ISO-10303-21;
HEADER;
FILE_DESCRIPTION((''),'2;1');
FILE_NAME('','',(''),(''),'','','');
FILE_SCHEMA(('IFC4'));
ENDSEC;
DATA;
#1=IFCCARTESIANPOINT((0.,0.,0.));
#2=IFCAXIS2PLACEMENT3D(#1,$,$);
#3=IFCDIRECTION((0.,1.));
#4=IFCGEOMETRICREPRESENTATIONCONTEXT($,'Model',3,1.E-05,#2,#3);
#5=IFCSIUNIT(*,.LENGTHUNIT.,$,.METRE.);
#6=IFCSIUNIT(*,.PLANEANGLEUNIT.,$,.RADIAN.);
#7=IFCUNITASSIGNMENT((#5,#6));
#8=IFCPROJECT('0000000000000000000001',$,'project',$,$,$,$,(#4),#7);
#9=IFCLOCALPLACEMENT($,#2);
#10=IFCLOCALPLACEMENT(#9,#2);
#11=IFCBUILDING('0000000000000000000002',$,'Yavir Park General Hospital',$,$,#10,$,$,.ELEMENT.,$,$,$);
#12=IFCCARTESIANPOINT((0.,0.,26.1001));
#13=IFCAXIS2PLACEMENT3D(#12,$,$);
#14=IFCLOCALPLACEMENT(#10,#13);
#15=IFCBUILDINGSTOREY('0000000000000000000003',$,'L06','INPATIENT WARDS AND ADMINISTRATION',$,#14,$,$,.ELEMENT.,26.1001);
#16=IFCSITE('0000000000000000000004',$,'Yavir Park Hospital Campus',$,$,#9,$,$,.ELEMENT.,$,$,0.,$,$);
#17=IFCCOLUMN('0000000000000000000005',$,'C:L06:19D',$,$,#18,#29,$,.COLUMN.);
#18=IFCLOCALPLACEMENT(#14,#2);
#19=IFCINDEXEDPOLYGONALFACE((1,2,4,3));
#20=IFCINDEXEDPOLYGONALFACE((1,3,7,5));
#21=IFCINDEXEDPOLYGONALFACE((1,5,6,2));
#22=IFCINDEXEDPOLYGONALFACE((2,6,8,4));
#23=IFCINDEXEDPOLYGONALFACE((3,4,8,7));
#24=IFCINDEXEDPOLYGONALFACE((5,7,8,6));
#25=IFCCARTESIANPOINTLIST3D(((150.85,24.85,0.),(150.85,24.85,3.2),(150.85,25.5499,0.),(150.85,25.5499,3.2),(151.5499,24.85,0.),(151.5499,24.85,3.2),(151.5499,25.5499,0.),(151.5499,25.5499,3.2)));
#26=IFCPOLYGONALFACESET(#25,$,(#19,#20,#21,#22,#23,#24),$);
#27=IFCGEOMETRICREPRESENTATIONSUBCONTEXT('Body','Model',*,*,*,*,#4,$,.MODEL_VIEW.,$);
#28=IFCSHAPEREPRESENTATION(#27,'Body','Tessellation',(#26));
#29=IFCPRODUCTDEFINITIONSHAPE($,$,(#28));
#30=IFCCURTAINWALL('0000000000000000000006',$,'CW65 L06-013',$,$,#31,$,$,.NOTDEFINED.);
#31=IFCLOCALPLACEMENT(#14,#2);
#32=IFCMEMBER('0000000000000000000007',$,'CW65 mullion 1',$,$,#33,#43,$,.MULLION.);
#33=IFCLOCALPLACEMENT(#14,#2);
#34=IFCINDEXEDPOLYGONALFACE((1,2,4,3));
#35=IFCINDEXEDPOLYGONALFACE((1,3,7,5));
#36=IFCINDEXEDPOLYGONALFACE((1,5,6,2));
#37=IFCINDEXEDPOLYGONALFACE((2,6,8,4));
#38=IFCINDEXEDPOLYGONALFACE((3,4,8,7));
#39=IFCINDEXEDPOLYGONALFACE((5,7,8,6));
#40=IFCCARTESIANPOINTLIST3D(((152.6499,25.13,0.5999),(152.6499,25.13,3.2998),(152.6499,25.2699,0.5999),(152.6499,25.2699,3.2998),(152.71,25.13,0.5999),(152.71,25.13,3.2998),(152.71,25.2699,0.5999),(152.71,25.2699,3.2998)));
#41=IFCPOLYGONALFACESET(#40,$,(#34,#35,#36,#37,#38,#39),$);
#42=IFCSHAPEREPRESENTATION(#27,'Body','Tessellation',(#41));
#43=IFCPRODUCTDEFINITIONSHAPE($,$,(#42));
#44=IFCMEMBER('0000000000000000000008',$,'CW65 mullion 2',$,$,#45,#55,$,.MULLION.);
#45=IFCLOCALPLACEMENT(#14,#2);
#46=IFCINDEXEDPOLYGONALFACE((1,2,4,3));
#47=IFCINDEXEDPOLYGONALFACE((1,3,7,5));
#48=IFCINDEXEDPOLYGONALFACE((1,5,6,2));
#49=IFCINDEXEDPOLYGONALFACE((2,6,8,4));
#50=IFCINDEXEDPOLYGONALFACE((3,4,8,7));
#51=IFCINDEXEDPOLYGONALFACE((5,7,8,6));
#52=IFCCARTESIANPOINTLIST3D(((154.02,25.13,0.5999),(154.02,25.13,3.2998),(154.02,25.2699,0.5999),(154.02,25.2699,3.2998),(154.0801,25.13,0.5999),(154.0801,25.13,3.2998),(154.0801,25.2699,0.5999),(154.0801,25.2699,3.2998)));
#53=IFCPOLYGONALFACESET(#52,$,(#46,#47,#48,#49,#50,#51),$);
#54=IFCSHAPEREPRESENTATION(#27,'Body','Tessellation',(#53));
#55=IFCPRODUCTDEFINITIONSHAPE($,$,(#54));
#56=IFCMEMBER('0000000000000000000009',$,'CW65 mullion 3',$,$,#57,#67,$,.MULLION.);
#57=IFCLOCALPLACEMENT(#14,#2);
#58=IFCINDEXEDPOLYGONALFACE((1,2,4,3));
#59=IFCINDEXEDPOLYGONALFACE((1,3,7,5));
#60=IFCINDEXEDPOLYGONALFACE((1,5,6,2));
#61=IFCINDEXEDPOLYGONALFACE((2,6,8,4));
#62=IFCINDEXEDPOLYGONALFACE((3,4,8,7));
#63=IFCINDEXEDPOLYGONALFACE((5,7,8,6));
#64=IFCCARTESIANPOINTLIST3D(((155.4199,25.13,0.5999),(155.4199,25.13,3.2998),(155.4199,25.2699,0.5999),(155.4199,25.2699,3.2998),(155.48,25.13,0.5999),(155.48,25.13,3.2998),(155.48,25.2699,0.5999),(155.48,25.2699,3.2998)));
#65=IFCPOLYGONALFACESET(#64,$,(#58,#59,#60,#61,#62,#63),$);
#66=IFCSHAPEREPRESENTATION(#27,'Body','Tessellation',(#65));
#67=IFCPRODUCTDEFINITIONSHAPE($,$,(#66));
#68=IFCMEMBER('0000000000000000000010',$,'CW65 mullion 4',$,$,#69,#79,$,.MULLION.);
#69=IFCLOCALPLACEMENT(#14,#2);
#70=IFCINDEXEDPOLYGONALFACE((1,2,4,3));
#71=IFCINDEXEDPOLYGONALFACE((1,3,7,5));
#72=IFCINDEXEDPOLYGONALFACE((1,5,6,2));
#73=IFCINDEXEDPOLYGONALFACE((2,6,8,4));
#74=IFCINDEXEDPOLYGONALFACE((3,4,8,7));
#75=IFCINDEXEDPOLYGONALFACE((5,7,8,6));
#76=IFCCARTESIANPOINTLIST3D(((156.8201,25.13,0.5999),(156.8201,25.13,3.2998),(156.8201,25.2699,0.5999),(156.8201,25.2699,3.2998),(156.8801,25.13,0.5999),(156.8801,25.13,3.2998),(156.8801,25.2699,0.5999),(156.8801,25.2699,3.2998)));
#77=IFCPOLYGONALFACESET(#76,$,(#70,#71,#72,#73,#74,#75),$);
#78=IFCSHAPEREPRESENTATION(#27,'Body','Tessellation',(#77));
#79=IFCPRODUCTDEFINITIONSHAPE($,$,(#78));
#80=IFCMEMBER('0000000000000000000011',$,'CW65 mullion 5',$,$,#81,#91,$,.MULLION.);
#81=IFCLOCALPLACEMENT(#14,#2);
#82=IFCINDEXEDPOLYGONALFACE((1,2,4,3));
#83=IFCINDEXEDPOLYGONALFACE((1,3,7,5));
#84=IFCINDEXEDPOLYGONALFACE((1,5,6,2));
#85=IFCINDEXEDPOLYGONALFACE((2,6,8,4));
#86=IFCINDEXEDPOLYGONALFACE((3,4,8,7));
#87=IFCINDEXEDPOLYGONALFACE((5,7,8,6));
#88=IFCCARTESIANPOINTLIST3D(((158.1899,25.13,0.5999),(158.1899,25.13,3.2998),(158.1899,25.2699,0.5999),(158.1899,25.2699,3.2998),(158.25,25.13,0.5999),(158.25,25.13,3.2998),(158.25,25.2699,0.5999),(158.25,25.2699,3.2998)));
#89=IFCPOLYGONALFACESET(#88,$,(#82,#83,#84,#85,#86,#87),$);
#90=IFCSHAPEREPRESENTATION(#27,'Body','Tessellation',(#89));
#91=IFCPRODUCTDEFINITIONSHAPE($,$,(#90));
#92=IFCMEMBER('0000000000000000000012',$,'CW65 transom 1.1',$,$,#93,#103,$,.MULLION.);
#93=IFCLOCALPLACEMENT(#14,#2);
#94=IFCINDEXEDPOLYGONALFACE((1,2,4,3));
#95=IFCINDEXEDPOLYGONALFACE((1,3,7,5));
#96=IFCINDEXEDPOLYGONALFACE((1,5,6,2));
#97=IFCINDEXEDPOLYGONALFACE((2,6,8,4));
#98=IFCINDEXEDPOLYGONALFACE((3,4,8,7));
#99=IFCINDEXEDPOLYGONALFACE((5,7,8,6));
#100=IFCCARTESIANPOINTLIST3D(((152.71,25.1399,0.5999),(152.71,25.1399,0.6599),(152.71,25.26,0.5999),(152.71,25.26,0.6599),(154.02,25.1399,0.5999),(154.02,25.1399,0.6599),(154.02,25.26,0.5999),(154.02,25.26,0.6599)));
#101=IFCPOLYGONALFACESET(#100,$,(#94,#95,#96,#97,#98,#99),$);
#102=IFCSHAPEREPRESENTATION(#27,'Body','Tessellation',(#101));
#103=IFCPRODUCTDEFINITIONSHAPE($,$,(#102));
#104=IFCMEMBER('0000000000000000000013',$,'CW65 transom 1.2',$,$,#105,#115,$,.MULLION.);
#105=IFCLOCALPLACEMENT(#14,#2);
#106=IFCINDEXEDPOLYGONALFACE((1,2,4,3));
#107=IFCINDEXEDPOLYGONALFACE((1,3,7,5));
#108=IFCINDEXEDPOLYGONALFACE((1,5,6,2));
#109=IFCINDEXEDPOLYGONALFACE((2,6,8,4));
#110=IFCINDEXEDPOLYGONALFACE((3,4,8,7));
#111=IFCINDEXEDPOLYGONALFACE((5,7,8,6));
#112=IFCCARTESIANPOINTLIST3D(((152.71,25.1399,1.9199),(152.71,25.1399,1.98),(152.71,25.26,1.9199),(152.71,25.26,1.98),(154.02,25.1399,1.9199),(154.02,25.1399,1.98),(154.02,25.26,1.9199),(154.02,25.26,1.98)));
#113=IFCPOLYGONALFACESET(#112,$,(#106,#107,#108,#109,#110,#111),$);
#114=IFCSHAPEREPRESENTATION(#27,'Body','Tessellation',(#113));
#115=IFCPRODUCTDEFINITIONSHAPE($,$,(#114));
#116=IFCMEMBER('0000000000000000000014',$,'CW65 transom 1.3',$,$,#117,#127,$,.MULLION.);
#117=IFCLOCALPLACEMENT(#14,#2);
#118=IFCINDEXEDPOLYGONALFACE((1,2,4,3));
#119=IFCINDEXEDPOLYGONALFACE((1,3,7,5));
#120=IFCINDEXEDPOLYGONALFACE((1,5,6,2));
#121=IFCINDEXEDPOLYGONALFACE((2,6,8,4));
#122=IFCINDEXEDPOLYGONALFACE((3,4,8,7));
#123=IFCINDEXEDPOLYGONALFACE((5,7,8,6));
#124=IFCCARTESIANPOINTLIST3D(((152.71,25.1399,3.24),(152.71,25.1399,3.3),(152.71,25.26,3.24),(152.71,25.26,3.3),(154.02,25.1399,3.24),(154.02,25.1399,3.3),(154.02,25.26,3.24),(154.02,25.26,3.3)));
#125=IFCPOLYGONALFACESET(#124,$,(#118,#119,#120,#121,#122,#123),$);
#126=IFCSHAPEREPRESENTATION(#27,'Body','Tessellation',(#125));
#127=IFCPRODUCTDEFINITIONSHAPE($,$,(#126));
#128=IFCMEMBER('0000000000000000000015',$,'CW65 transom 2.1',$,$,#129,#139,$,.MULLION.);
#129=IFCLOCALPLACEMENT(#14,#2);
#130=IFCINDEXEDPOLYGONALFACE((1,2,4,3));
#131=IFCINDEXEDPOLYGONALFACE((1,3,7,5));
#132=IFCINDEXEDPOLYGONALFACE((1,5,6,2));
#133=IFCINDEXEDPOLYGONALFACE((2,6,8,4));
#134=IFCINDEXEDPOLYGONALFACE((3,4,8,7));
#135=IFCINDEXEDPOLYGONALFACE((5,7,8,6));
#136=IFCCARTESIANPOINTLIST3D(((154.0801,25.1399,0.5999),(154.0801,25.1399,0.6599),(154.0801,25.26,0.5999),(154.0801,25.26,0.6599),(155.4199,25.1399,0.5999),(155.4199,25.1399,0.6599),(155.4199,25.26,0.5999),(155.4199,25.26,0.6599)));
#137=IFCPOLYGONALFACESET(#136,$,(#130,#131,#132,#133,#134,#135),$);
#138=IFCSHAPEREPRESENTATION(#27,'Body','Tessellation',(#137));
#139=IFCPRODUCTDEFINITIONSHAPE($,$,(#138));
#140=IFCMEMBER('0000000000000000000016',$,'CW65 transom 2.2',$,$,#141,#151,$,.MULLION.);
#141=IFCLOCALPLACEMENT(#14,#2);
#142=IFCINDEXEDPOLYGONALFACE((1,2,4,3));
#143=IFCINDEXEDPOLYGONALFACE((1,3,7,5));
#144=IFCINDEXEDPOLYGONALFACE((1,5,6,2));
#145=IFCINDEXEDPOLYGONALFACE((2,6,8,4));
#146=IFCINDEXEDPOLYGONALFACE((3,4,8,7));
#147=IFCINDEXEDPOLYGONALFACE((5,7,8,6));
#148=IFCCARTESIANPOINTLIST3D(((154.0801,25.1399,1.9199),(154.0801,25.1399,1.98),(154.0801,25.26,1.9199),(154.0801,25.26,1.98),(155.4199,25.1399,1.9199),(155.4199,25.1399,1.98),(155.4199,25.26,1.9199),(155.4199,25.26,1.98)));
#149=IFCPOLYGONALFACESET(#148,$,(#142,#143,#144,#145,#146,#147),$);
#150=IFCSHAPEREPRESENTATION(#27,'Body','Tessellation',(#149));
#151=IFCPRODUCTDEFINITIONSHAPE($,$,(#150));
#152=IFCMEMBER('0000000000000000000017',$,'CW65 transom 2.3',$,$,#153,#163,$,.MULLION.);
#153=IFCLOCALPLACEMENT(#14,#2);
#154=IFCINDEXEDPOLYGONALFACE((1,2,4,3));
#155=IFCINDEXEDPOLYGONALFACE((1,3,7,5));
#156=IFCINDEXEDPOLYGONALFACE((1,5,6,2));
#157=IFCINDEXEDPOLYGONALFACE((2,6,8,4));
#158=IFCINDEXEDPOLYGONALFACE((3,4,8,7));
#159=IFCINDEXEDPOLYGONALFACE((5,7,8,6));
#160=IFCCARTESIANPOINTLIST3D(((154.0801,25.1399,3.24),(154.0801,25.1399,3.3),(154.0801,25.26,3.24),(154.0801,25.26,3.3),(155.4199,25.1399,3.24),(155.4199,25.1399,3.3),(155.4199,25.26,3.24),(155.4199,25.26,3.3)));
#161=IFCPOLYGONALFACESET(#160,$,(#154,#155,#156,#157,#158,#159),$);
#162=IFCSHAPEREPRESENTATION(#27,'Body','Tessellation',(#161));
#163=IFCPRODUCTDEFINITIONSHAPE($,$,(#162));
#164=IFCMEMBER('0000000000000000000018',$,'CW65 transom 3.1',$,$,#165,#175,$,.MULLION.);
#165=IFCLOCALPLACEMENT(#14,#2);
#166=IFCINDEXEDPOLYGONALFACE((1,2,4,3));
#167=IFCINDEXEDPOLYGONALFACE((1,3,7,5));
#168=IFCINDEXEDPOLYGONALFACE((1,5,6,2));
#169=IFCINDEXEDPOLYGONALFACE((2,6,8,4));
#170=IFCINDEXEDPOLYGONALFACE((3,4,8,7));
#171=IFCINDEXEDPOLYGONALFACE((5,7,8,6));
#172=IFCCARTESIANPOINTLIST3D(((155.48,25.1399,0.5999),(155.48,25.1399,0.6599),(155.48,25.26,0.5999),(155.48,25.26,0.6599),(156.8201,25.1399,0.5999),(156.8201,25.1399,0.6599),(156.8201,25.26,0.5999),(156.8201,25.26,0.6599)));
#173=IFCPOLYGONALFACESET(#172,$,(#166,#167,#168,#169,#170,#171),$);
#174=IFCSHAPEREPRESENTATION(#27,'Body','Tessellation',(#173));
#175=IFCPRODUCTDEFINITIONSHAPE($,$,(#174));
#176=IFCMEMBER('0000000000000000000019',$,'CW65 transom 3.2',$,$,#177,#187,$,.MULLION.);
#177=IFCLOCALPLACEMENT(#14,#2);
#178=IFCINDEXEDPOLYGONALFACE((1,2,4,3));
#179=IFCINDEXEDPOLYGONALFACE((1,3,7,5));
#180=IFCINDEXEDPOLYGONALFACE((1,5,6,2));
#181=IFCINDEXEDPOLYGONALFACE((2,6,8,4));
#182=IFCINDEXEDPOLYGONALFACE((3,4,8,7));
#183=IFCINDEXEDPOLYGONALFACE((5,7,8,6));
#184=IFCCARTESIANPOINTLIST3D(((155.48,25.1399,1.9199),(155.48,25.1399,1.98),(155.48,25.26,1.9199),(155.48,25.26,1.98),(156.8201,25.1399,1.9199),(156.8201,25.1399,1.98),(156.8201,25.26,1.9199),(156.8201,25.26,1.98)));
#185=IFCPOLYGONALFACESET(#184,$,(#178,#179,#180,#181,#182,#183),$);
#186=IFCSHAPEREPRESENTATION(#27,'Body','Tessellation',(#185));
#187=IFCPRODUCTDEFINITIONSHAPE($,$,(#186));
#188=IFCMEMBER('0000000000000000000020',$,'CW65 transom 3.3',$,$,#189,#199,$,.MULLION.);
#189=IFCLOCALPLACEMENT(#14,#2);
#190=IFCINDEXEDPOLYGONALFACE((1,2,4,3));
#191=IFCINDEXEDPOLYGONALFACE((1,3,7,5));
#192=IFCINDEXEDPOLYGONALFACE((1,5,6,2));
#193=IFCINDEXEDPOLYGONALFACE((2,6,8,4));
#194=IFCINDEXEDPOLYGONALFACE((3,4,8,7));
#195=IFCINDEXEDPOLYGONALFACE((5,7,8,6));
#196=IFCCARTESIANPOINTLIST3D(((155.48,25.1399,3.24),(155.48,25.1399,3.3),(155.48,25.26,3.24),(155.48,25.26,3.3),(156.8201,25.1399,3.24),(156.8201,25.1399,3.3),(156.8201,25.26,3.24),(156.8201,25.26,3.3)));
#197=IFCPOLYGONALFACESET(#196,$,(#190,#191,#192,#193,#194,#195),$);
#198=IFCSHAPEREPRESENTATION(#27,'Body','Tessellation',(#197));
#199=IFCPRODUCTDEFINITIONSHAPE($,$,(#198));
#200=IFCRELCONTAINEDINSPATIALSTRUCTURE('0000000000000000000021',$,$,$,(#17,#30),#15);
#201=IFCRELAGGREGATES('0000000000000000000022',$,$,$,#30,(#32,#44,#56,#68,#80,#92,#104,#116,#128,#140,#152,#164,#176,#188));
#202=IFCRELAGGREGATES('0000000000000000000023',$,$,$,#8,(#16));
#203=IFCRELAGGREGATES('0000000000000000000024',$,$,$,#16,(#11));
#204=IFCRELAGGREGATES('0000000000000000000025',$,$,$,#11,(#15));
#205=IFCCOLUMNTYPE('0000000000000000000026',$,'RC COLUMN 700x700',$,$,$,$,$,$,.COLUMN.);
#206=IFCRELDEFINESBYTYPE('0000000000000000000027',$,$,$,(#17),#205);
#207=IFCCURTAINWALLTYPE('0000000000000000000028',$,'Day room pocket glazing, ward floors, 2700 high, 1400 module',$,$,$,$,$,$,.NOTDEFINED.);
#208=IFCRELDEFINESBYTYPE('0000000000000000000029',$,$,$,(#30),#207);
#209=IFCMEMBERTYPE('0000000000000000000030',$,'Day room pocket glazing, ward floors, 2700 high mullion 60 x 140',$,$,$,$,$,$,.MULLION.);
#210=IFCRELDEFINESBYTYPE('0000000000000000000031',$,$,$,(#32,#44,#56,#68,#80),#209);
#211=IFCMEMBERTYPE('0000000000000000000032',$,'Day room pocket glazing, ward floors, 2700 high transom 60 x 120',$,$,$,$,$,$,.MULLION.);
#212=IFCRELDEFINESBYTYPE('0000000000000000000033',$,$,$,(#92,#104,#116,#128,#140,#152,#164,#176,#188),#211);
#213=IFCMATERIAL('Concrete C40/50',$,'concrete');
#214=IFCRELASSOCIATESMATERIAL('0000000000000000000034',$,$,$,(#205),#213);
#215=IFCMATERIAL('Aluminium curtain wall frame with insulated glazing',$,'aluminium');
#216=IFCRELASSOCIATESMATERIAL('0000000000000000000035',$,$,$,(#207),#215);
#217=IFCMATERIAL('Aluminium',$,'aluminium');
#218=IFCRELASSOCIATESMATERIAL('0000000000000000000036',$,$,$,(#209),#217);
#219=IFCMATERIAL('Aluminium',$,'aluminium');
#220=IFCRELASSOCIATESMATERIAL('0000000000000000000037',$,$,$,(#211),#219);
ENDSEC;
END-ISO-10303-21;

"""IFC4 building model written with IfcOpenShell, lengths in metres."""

from ifc_helpers import new_model, si_unit, direction, frame, origin, origin_2d, place, context, subcontext, project, spatial, rectangle, extrude, material, material_profile, profile_set, type_object, element, aggregate, save


model = new_model("IFC4")

# Units and contexts
model_context = context("Model", 3, precision=1e-05, world=origin(), true_north=direction((0.0, 1.0)))
body_context = subcontext(model_context, "Body", "Model", "MODEL_VIEW")
ifc_project = project(units=[si_unit("LENGTHUNIT", "METRE"), si_unit("PLANEANGLEUNIT", "RADIAN")], contexts=[model_context])

# Site, building, storey
site_placement = place(None, origin())
site = spatial("IfcSite", under=ifc_project, at=site_placement, Name="Yavir Park Hospital Campus", CompositionType="ELEMENT", RefElevation=0.0)
building_placement = place(site_placement, origin())
building = spatial("IfcBuilding", under=site, at=building_placement, Name="Yavir Park General Hospital", CompositionType="ELEMENT")
storey_placement = place(building_placement, frame((0.0, 0.0, 26.1001)))
storey = spatial("IfcBuildingStorey", under=building, at=storey_placement, Name="L06", Description="INPATIENT WARDS AND ADMINISTRATION", CompositionType="ELEMENT", Elevation=26.1001)

# Column
ifc_material_1 = material(Name="Concrete C40/50", Category="concrete")
ifc_material_profile_1 = material_profile(ifc_material_1, rectangle(XDim=0.7, YDim=0.7, at=origin_2d()), Name="RC700x700")
ifc_profile_set_1 = profile_set([ifc_material_profile_1], Name="Concrete C40/50")
column_type = type_object("IfcColumnType", Name="RC COLUMN 700x700", PredefinedType="COLUMN", material=ifc_profile_set_1)
column_placement = place(storey_placement, frame((151.2, 25.2, 0.0), z_axis=(0.0, 0.0, 1.0), x_axis=(1.0, 0.0, 0.0)))
element("IfcColumn", 1, at=column_placement, inside=storey, type_object=column_type, Name="C:L06:19D", PredefinedType="COLUMN", context=body_context, shape_type="SweptSolid", body=[
    extrude(rectangle(XDim=0.7, YDim=0.7, at=origin_2d()), origin(), (0.0, 0.0, 1.0), 3.2),
])

# Curtain wall, members
ifc_material_2 = material(Name="Aluminium curtain wall frame with insulated glazing", Category="aluminium")
curtain_wall_type_1 = type_object("IfcCurtainWallType", Name="Day room pocket glazing, ward floors, 2700 high, 1400 module", PredefinedType="NOTDEFINED", material=ifc_material_2)
curtain_wall_1_placement = place(storey_placement, origin())
curtain_wall_1 = element("IfcCurtainWall", 2, at=curtain_wall_1_placement, inside=storey, type_object=curtain_wall_type_1, Name="CW65 L06-013", PredefinedType="NOTDEFINED")
ifc_material_3 = material(Name="Aluminium", Category="aluminium")
ifc_material_profile_2 = material_profile(ifc_material_3, rectangle(XDim=0.1399, YDim=0.0601, at=origin_2d()), Name="AL 60x140")
ifc_profile_set_2 = profile_set([ifc_material_profile_2], Name="Aluminium")
member_type_1 = type_object("IfcMemberType", Name="Day room pocket glazing, ward floors, 2700 high mullion 60 x 140", PredefinedType="MULLION", material=ifc_profile_set_2)
member_1_placement = place(storey_placement, frame((152.6799, 25.2, 0.5999), z_axis=(0.0, 0.0, 1.0), x_axis=(0.0, 1.0, 0.0)))
member_1 = element("IfcMember", 3, at=member_1_placement, type_object=member_type_1, Name="CW65 mullion 1", PredefinedType="MULLION", context=body_context, shape_type="SweptSolid", body=[
    extrude(rectangle(XDim=0.1399, YDim=0.0601, at=origin_2d()), origin(), (0.0, 0.0, 1.0), 2.7),
])
member_2_placement = place(storey_placement, frame((154.05, 25.2, 0.5999), z_axis=(0.0, 0.0, 1.0), x_axis=(0.0, 1.0, 0.0)))
member_2 = element("IfcMember", 4, at=member_2_placement, type_object=member_type_1, Name="CW65 mullion 2", PredefinedType="MULLION", context=body_context, shape_type="SweptSolid", body=[
    extrude(rectangle(XDim=0.1399, YDim=0.0601, at=origin_2d()), origin(), (0.0, 0.0, 1.0), 2.7),
])
member_3_placement = place(storey_placement, frame((155.45, 25.2, 0.5999), z_axis=(0.0, 0.0, 1.0), x_axis=(0.0, 1.0, 0.0)))
member_3 = element("IfcMember", 5, at=member_3_placement, type_object=member_type_1, Name="CW65 mullion 3", PredefinedType="MULLION", context=body_context, shape_type="SweptSolid", body=[
    extrude(rectangle(XDim=0.1399, YDim=0.0601, at=origin_2d()), origin(), (0.0, 0.0, 1.0), 2.7),
])
member_4_placement = place(storey_placement, frame((156.8501, 25.2, 0.5999), z_axis=(0.0, 0.0, 1.0), x_axis=(0.0, 1.0, 0.0)))
member_4 = element("IfcMember", 6, at=member_4_placement, type_object=member_type_1, Name="CW65 mullion 4", PredefinedType="MULLION", context=body_context, shape_type="SweptSolid", body=[
    extrude(rectangle(XDim=0.1399, YDim=0.0601, at=origin_2d()), origin(), (0.0, 0.0, 1.0), 2.7),
])
member_5_placement = place(storey_placement, frame((158.22, 25.2, 0.5999), z_axis=(0.0, 0.0, 1.0), x_axis=(0.0, 1.0, 0.0)))
member_5 = element("IfcMember", 7, at=member_5_placement, type_object=member_type_1, Name="CW65 mullion 5", PredefinedType="MULLION", context=body_context, shape_type="SweptSolid", body=[
    extrude(rectangle(XDim=0.1399, YDim=0.0601, at=origin_2d()), origin(), (0.0, 0.0, 1.0), 2.7),
])
ifc_material_4 = material(Name="Aluminium", Category="aluminium")
ifc_material_profile_3 = material_profile(ifc_material_4, rectangle(XDim=0.1201, YDim=0.0601, at=origin_2d()), Name="AL 120x60")
ifc_profile_set_3 = profile_set([ifc_material_profile_3], Name="Aluminium")
member_type_2 = type_object("IfcMemberType", Name="Day room pocket glazing, ward floors, 2700 high transom 60 x 120", PredefinedType="MULLION", material=ifc_profile_set_3)
member_6_placement = place(storey_placement, frame((152.71, 25.2, 0.6299), z_axis=(1.0, 0.0, 0.0), x_axis=(0.0, 1.0, 0.0)))
member_6 = element("IfcMember", 8, at=member_6_placement, type_object=member_type_2, Name="CW65 transom 1.1", PredefinedType="MULLION", context=body_context, shape_type="SweptSolid", body=[
    extrude(rectangle(XDim=0.1201, YDim=0.0601, at=origin_2d()), origin(), (0.0, 0.0, 1.0), 1.3101),
])
member_7_placement = place(storey_placement, frame((152.71, 25.2, 1.95), z_axis=(1.0, 0.0, 0.0), x_axis=(0.0, 1.0, 0.0)))
member_7 = element("IfcMember", 9, at=member_7_placement, type_object=member_type_2, Name="CW65 transom 1.2", PredefinedType="MULLION", context=body_context, shape_type="SweptSolid", body=[
    extrude(rectangle(XDim=0.1201, YDim=0.0601, at=origin_2d()), origin(), (0.0, 0.0, 1.0), 1.3101),
])
member_8_placement = place(storey_placement, frame((152.71, 25.2, 3.27), z_axis=(1.0, 0.0, 0.0), x_axis=(0.0, 1.0, 0.0)))
member_8 = element("IfcMember", 10, at=member_8_placement, type_object=member_type_2, Name="CW65 transom 1.3", PredefinedType="MULLION", context=body_context, shape_type="SweptSolid", body=[
    extrude(rectangle(XDim=0.1201, YDim=0.0601, at=origin_2d()), origin(), (0.0, 0.0, 1.0), 1.3101),
])
member_9_placement = place(storey_placement, frame((154.0801, 25.2, 0.6299), z_axis=(1.0, 0.0, 0.0), x_axis=(0.0, 1.0, 0.0)))
member_9 = element("IfcMember", 11, at=member_9_placement, type_object=member_type_2, Name="CW65 transom 2.1", PredefinedType="MULLION", context=body_context, shape_type="SweptSolid", body=[
    extrude(rectangle(XDim=0.1201, YDim=0.0601, at=origin_2d()), origin(), (0.0, 0.0, 1.0), 1.3398),
])
member_10_placement = place(storey_placement, frame((154.0801, 25.2, 1.95), z_axis=(1.0, 0.0, 0.0), x_axis=(0.0, 1.0, 0.0)))
member_10 = element("IfcMember", 12, at=member_10_placement, type_object=member_type_2, Name="CW65 transom 2.2", PredefinedType="MULLION", context=body_context, shape_type="SweptSolid", body=[
    extrude(rectangle(XDim=0.1201, YDim=0.0601, at=origin_2d()), origin(), (0.0, 0.0, 1.0), 1.3398),
])
member_11_placement = place(storey_placement, frame((154.0801, 25.2, 3.27), z_axis=(1.0, 0.0, 0.0), x_axis=(0.0, 1.0, 0.0)))
member_11 = element("IfcMember", 13, at=member_11_placement, type_object=member_type_2, Name="CW65 transom 2.3", PredefinedType="MULLION", context=body_context, shape_type="SweptSolid", body=[
    extrude(rectangle(XDim=0.1201, YDim=0.0601, at=origin_2d()), origin(), (0.0, 0.0, 1.0), 1.3398),
])
member_12_placement = place(storey_placement, frame((155.48, 25.2, 0.6299), z_axis=(1.0, 0.0, 0.0), x_axis=(0.0, 1.0, 0.0)))
member_12 = element("IfcMember", 14, at=member_12_placement, type_object=member_type_2, Name="CW65 transom 3.1", PredefinedType="MULLION", context=body_context, shape_type="SweptSolid", body=[
    extrude(rectangle(XDim=0.1201, YDim=0.0601, at=origin_2d()), origin(), (0.0, 0.0, 1.0), 1.3401),
])
member_13_placement = place(storey_placement, frame((155.48, 25.2, 1.95), z_axis=(1.0, 0.0, 0.0), x_axis=(0.0, 1.0, 0.0)))
member_13 = element("IfcMember", 15, at=member_13_placement, type_object=member_type_2, Name="CW65 transom 3.2", PredefinedType="MULLION", context=body_context, shape_type="SweptSolid", body=[
    extrude(rectangle(XDim=0.1201, YDim=0.0601, at=origin_2d()), origin(), (0.0, 0.0, 1.0), 1.3401),
])
member_14_placement = place(storey_placement, frame((155.48, 25.2, 3.27), z_axis=(1.0, 0.0, 0.0), x_axis=(0.0, 1.0, 0.0)))
member_14 = element("IfcMember", 16, at=member_14_placement, type_object=member_type_2, Name="CW65 transom 3.3", PredefinedType="MULLION", context=body_context, shape_type="SweptSolid", body=[
    extrude(rectangle(XDim=0.1201, YDim=0.0601, at=origin_2d()), origin(), (0.0, 0.0, 1.0), 1.3401),
])

aggregate(curtain_wall_1, [member_1, member_2, member_3, member_4, member_5, member_6, member_7, member_8, member_9, member_10, member_11, member_12, member_13, member_14])

save(model, "model.ifc")
